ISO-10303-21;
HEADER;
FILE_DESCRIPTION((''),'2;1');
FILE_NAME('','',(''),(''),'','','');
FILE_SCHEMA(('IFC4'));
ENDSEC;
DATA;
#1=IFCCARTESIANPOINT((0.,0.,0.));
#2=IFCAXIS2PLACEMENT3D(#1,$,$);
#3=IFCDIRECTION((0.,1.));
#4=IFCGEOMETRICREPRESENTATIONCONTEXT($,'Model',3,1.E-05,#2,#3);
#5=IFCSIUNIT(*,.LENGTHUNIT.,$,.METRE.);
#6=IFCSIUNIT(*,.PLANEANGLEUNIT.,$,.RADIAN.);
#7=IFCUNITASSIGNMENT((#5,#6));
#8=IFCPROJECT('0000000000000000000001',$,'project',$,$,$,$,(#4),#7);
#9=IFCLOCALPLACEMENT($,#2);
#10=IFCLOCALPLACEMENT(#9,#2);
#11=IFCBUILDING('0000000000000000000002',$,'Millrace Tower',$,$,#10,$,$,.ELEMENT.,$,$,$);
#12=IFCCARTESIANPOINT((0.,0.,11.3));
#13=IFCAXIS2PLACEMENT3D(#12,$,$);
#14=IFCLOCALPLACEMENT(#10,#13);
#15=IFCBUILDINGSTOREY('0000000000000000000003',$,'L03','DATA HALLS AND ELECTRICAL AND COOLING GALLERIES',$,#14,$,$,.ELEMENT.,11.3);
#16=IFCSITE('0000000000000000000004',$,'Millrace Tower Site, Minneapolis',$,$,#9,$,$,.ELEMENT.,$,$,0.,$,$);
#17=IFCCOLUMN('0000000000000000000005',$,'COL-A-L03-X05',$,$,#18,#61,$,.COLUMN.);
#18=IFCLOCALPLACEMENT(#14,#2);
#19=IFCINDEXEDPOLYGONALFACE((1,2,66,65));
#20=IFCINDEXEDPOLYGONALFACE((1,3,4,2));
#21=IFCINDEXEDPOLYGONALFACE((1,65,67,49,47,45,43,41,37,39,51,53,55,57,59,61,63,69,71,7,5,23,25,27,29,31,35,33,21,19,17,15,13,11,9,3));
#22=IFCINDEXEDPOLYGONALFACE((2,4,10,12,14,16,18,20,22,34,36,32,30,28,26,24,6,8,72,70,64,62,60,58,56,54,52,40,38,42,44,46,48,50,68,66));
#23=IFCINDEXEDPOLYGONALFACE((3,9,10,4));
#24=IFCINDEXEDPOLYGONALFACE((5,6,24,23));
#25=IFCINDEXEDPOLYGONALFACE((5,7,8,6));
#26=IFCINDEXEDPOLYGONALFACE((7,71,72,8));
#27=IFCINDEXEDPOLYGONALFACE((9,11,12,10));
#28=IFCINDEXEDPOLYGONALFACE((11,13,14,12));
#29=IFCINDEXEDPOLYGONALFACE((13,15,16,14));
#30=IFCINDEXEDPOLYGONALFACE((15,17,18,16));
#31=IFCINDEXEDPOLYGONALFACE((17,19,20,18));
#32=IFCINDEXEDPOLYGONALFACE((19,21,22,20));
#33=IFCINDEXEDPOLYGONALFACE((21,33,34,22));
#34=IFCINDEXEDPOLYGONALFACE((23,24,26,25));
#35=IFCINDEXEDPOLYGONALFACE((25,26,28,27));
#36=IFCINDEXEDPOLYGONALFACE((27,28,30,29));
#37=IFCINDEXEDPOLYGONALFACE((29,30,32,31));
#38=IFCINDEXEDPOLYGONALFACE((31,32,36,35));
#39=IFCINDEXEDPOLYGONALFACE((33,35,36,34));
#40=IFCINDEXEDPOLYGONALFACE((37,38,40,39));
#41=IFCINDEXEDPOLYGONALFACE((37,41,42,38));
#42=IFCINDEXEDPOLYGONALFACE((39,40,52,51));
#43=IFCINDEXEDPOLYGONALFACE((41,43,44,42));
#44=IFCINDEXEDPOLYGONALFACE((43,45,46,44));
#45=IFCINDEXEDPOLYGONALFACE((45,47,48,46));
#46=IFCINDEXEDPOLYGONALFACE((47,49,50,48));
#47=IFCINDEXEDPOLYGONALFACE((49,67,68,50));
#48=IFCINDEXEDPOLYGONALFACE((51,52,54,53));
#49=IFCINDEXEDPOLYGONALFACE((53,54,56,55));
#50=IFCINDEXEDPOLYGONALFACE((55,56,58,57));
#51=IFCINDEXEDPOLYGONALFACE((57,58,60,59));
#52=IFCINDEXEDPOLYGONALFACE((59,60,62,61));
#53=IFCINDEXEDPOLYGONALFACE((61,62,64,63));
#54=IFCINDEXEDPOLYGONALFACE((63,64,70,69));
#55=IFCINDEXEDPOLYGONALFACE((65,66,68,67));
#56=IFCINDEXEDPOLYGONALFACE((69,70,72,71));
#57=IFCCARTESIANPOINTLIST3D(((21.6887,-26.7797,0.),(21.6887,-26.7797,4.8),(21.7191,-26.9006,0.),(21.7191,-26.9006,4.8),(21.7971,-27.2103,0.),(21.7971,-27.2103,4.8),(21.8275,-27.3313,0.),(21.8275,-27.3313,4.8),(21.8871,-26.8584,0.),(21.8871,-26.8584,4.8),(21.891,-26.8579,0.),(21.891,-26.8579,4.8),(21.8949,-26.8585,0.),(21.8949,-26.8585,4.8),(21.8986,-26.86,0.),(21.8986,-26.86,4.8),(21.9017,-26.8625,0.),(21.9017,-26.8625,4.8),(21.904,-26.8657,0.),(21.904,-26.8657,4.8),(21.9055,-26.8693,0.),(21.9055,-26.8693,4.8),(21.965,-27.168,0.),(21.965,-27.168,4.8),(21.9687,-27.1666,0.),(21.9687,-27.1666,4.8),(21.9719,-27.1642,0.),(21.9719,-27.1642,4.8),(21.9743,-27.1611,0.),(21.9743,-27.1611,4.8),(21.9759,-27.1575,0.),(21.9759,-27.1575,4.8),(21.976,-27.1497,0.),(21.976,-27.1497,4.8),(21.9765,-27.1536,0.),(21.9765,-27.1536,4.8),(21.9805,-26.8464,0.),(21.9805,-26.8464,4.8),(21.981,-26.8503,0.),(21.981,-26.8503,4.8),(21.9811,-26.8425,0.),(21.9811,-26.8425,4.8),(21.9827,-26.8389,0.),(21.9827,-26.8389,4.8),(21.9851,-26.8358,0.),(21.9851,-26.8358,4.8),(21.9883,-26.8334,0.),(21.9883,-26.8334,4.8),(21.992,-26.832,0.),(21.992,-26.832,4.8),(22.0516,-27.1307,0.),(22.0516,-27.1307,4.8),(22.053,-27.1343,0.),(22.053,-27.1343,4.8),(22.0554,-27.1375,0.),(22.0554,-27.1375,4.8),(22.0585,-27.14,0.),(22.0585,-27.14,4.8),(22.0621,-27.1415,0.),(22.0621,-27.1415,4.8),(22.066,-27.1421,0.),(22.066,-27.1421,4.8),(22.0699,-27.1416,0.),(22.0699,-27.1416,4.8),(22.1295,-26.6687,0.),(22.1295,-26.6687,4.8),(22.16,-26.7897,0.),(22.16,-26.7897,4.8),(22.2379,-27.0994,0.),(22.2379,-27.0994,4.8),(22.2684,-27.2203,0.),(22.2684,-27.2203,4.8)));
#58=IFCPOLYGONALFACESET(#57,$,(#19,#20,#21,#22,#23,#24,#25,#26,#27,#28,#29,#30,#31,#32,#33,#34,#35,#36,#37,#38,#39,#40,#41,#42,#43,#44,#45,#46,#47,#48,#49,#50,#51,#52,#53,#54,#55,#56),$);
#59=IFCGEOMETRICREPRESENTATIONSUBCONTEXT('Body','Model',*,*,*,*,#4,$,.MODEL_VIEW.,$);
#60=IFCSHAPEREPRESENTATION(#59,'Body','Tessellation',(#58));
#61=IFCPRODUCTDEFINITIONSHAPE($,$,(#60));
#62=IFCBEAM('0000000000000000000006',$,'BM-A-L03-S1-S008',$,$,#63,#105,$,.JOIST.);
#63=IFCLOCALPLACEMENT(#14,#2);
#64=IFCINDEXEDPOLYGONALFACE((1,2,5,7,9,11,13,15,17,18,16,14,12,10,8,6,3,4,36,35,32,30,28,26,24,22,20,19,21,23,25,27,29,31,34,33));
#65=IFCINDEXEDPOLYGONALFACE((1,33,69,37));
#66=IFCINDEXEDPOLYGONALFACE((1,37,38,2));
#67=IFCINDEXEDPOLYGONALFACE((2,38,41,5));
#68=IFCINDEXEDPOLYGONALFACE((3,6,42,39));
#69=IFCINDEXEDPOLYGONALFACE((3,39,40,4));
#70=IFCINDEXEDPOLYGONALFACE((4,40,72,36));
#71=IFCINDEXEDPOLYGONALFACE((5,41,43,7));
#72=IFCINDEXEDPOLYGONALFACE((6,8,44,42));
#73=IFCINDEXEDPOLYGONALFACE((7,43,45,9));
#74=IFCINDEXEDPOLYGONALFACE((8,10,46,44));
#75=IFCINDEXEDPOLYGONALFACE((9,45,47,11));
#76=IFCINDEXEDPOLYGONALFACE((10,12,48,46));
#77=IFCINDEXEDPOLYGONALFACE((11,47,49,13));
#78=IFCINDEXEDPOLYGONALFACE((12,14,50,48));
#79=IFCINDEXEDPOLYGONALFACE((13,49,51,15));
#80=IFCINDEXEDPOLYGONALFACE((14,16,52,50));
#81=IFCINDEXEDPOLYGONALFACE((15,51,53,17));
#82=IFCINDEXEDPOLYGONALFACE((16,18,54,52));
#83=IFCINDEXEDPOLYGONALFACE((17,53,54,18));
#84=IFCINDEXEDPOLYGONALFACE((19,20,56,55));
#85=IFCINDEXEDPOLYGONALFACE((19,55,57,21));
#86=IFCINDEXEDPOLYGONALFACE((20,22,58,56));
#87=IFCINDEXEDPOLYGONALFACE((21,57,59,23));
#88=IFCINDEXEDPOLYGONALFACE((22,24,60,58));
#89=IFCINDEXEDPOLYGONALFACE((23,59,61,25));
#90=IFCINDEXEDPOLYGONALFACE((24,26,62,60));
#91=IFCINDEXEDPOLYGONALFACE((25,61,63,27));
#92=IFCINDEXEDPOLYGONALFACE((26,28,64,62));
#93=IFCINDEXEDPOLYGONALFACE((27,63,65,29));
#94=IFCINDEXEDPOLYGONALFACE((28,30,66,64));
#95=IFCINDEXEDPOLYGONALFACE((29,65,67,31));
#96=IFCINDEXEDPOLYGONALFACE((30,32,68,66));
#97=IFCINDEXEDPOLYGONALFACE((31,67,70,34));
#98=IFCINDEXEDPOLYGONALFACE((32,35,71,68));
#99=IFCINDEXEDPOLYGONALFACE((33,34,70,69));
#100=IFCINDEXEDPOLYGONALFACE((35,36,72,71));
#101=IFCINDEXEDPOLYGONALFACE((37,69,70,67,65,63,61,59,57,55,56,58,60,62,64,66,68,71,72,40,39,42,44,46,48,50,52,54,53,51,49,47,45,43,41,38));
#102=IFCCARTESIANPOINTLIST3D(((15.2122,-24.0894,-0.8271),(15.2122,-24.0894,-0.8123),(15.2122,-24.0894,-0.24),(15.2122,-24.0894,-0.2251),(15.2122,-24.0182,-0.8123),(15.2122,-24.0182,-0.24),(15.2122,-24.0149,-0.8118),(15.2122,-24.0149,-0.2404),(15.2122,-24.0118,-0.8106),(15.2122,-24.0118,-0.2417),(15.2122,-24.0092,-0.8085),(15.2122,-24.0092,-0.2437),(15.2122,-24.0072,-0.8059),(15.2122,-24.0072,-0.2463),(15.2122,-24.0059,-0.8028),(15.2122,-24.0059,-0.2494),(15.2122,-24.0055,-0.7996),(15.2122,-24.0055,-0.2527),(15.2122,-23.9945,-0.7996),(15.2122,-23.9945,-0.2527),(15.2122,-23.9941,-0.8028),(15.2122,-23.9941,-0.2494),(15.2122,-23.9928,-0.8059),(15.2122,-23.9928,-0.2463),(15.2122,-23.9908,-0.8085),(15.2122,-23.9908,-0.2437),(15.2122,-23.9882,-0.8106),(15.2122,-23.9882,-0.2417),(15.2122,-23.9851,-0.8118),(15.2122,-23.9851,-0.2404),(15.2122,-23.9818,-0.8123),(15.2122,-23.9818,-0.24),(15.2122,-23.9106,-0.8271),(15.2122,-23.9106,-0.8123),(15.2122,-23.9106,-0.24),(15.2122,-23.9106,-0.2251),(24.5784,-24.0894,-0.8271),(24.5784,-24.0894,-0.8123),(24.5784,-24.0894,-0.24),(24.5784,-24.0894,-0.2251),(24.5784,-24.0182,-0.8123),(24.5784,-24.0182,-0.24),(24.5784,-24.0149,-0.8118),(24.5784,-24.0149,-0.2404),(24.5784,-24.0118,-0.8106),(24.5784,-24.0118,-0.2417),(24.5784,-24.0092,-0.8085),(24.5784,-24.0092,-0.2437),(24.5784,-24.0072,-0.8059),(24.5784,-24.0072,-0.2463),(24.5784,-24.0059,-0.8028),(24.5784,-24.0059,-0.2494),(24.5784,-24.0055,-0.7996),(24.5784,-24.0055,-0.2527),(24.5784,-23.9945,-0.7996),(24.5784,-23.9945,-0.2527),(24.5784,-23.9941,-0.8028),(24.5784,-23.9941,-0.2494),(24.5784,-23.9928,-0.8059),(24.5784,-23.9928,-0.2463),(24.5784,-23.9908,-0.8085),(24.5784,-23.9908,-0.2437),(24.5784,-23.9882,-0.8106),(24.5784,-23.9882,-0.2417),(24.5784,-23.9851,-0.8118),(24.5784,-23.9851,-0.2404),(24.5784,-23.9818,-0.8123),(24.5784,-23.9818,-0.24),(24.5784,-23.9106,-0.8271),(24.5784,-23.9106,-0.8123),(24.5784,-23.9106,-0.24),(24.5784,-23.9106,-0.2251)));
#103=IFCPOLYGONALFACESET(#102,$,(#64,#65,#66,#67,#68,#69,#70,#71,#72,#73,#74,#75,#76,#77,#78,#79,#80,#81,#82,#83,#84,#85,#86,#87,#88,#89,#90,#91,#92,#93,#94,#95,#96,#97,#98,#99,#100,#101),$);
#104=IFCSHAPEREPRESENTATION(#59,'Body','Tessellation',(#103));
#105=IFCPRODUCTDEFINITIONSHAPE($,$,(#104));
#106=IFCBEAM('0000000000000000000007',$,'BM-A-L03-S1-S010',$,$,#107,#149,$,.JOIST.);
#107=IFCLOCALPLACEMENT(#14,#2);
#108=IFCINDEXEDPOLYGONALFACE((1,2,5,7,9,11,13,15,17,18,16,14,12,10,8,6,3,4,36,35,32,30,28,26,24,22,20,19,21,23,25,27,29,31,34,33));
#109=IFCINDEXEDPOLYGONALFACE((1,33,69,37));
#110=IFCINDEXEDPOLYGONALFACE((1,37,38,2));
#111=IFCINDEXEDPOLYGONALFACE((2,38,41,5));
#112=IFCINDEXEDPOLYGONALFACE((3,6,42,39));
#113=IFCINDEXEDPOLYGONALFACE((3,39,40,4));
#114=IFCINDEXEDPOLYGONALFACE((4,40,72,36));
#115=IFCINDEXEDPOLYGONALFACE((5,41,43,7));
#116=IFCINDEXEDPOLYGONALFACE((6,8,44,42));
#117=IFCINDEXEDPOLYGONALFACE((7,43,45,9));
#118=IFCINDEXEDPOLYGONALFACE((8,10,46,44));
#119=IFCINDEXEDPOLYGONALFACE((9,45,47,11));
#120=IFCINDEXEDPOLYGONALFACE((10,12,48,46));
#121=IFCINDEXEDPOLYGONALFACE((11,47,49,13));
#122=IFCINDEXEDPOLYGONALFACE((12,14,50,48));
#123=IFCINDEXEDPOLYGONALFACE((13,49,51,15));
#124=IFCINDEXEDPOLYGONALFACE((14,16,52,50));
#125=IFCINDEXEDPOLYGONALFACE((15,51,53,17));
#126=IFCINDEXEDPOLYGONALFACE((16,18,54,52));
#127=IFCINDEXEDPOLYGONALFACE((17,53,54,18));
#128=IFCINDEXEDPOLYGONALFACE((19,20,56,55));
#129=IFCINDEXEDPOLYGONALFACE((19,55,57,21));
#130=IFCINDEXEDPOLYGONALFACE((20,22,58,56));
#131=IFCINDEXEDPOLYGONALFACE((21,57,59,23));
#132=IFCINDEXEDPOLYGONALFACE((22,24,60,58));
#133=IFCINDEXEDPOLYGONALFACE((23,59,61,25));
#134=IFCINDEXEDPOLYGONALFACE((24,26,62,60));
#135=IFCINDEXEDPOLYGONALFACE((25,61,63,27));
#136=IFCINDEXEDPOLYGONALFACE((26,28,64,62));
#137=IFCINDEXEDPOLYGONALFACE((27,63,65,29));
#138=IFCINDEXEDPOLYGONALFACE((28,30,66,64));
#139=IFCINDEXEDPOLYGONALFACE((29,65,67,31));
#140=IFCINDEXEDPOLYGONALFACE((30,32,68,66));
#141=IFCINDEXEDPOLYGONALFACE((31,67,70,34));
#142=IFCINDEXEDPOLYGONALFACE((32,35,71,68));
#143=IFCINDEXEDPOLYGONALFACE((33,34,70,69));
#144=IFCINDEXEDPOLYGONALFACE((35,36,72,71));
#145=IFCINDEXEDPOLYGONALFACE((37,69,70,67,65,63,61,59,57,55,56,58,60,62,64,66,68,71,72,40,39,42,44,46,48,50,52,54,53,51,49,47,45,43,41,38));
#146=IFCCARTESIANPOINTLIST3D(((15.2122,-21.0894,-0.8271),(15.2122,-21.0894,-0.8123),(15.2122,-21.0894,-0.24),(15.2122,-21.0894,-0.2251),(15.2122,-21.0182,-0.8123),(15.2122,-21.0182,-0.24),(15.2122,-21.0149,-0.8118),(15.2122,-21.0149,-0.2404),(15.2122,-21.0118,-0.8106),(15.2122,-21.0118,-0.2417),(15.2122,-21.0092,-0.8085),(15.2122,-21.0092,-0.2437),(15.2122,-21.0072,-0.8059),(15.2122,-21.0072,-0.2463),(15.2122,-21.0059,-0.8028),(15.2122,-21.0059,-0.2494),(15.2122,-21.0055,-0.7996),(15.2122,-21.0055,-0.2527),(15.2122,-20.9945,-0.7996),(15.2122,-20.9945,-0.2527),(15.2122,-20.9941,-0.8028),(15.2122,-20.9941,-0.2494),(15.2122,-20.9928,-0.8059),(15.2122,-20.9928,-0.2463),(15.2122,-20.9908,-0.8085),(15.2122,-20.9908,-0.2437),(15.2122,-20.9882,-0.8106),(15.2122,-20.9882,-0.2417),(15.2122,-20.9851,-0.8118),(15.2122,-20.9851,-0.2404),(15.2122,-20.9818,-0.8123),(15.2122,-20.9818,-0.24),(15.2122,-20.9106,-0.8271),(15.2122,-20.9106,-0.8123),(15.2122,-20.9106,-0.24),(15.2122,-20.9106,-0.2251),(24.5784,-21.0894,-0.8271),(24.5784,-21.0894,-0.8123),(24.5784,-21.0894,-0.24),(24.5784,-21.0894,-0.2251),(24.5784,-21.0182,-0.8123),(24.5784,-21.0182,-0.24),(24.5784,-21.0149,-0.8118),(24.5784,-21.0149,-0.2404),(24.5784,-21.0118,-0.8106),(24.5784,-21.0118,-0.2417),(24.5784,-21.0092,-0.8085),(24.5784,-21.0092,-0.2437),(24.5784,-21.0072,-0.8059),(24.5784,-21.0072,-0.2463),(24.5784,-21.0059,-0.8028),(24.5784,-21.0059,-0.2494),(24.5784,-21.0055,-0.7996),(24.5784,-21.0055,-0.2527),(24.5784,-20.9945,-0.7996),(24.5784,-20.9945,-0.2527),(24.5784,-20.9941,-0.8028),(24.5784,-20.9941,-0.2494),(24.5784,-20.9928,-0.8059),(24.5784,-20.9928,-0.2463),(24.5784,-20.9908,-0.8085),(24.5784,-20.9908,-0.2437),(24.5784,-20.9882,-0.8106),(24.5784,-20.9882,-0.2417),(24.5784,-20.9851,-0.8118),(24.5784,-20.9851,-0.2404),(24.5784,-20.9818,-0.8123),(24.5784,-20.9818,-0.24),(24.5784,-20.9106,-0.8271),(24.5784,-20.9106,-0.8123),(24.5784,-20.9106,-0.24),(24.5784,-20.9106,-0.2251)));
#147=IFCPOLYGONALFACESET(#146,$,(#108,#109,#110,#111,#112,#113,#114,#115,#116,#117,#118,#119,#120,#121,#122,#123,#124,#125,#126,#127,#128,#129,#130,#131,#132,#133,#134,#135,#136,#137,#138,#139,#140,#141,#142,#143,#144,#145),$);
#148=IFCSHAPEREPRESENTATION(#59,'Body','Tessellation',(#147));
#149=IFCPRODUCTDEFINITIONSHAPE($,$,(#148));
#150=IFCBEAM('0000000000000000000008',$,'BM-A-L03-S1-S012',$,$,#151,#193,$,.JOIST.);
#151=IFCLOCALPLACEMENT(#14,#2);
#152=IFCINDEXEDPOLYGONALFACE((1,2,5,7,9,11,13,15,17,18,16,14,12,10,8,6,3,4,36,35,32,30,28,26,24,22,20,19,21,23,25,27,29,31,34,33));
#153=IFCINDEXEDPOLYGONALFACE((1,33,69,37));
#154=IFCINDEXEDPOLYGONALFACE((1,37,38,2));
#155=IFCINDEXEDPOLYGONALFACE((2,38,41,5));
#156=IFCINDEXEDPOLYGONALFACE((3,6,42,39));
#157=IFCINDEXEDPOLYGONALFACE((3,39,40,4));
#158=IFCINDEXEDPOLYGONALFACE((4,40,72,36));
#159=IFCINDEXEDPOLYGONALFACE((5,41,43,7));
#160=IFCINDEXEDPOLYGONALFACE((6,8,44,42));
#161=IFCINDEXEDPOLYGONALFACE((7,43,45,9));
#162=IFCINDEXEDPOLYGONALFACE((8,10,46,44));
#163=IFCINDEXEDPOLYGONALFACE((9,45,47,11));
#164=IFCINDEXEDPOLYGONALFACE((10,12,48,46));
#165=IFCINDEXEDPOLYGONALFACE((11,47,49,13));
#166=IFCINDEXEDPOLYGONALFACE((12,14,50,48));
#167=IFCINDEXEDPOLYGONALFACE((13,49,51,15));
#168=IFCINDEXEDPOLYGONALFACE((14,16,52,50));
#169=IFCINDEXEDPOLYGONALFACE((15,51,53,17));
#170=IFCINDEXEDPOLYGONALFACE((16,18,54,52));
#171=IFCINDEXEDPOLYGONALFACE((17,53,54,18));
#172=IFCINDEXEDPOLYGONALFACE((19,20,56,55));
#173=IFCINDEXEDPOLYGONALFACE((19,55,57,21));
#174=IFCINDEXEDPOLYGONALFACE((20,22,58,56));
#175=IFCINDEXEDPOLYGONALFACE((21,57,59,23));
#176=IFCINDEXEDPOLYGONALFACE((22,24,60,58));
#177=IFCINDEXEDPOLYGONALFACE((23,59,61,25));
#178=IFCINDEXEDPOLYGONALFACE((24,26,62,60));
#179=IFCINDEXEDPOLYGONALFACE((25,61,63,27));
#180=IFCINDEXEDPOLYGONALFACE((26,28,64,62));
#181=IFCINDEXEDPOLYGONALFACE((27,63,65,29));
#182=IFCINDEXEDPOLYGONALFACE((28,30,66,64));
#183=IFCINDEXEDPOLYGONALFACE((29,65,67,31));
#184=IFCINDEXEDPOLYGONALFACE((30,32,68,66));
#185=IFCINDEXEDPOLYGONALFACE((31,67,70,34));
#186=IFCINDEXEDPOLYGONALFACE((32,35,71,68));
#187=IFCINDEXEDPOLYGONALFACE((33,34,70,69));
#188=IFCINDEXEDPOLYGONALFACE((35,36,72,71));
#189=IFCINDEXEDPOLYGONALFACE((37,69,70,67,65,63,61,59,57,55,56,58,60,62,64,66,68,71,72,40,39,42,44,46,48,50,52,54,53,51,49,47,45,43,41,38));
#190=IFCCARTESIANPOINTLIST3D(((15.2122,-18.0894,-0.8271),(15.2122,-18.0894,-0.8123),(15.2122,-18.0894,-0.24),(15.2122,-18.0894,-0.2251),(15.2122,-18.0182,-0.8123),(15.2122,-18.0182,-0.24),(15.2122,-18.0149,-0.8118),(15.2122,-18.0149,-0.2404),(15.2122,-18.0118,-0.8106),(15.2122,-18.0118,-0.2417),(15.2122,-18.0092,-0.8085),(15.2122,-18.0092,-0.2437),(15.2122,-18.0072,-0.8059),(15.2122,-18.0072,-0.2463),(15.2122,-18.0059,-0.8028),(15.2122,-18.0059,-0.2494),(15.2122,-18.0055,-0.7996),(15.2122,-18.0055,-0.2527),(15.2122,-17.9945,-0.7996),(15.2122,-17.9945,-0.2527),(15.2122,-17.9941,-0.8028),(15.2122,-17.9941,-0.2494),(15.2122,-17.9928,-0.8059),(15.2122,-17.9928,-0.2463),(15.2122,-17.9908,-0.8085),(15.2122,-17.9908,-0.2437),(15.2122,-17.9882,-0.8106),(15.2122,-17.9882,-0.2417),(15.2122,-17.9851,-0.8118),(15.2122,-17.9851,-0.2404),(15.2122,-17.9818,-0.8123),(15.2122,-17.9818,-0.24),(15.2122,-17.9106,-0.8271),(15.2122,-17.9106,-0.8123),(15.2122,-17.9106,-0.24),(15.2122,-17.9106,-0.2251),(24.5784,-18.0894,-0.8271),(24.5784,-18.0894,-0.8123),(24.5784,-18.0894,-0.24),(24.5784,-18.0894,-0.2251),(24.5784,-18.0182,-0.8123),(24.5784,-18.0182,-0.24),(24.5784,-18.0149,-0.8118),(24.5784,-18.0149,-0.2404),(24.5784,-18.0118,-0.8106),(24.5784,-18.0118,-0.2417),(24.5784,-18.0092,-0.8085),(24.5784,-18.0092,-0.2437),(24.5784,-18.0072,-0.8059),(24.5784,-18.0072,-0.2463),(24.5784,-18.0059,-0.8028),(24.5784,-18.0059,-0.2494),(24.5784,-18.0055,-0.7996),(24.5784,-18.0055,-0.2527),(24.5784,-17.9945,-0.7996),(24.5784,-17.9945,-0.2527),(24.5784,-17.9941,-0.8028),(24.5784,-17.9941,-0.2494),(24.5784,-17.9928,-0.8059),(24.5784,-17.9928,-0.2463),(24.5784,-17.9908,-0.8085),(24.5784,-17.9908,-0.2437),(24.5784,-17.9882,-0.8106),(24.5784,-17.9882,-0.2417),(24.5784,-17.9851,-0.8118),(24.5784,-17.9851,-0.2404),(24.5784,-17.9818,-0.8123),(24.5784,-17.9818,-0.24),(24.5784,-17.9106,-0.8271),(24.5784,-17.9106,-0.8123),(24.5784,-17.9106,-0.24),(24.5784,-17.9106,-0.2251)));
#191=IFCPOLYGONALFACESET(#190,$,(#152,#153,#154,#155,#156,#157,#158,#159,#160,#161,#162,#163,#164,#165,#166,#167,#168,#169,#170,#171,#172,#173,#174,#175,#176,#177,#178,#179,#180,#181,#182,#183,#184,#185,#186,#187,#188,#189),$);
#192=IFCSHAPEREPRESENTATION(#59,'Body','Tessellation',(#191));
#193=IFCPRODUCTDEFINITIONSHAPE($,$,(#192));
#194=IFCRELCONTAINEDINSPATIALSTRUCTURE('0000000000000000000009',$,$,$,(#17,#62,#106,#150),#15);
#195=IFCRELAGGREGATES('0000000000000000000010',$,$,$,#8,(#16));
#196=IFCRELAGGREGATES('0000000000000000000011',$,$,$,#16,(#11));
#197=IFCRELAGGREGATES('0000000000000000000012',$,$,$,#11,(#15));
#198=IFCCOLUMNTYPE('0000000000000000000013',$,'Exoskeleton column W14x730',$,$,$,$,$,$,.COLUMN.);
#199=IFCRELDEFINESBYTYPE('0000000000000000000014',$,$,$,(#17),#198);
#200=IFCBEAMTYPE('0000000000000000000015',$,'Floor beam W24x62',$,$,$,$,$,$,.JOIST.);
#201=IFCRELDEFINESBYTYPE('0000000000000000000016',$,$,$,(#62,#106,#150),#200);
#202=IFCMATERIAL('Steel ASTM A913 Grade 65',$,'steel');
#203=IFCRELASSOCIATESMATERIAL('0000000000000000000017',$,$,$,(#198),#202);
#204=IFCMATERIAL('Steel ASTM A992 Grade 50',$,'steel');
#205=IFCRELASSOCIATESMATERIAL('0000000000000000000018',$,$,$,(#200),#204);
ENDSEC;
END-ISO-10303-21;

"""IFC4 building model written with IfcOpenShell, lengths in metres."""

from ifc_helpers import new_model, si_unit, direction, frame, origin, origin_2d, place, context, subcontext, project, spatial, i_section, extrude, material, material_profile, profile_set, type_object, element, save


model = new_model("IFC4")

# Units and contexts
model_context = context("Model", 3, precision=1e-05, world=origin(), true_north=direction((0.0, 1.0)))
body_context = subcontext(model_context, "Body", "Model", "MODEL_VIEW")
ifc_project = project(units=[si_unit("LENGTHUNIT", "METRE"), si_unit("PLANEANGLEUNIT", "RADIAN")], contexts=[model_context])

# Site, building, storey
site_placement = place(None, origin())
site = spatial("IfcSite", under=ifc_project, at=site_placement, Name="Millrace Tower Site, Minneapolis", CompositionType="ELEMENT", RefElevation=0.0)
building_placement = place(site_placement, origin())
building = spatial("IfcBuilding", under=site, at=building_placement, Name="Millrace Tower", CompositionType="ELEMENT")
storey_placement = place(building_placement, frame((0.0, 0.0, 11.3)))
storey = spatial("IfcBuildingStorey", under=building, at=storey_placement, Name="L03", Description="DATA HALLS AND ELECTRICAL AND COOLING GALLERIES", CompositionType="ELEMENT", Elevation=11.3)

# Column
ifc_material_1 = material(Name="Steel ASTM A913 Grade 65", Category="steel")
ifc_material_profile_1 = material_profile(ifc_material_1, i_section(OverallWidth=0.4546, OverallDepth=0.5688, WebThickness=0.0779, FlangeThickness=0.1248, FilletRadius=0.0151, at=origin_2d()))
ifc_profile_set_1 = profile_set([ifc_material_profile_1], Name="Steel ASTM A913 Grade 65")
column_type = type_object("IfcColumnType", Name="Exoskeleton column W14x730", PredefinedType="COLUMN", material=ifc_profile_set_1)
column_placement = place(storey_placement, frame((21.9785, -27.0, 0.0), z_axis=(0.0, 0.0, 1.0), x_axis=(0.969752, 0.244094, 0.0)))
element("IfcColumn", 1, at=column_placement, inside=storey, type_object=column_type, Name="COL-A-L03-X05", PredefinedType="COLUMN", context=body_context, shape_type="SweptSolid", body=[
    extrude(i_section(OverallWidth=0.4546, OverallDepth=0.5688, WebThickness=0.0779, FlangeThickness=0.1248, FilletRadius=0.0151, at=origin_2d()), origin(), (0.0, 0.0, 1.0), 4.8),
])

# Beams
ifc_material_2 = material(Name="Steel ASTM A992 Grade 50", Category="steel")
ifc_material_profile_2 = material_profile(ifc_material_2, i_section(OverallWidth=0.1787, OverallDepth=0.6021, WebThickness=0.011, FlangeThickness=0.0149, FilletRadius=0.0127, at=origin_2d()))
ifc_profile_set_2 = profile_set([ifc_material_profile_2], Name="Steel ASTM A992 Grade 50")
beam_type = type_object("IfcBeamType", Name="Floor beam W24x62", PredefinedType="JOIST", material=ifc_profile_set_2)
for number, where, z_axis, x_axis, name in (
    (2, (15.2122, -24.0, -0.5261), (1.0, 0.0, 0.0), (0.0, 1.0, 0.0), "BM-A-L03-S1-S008"),
    (3, (15.2122, -21.0, -0.5261), (1.0, 0.0, 0.0), (0.0, 1.0, 0.0), "BM-A-L03-S1-S010"),
    (4, (15.2122, -18.0, -0.5261), (1.0, 0.0, 0.0), (0.0, 1.0, 0.0), "BM-A-L03-S1-S012"),
):
    element("IfcBeam", number, at=place(storey_placement, frame(where, z_axis=z_axis, x_axis=x_axis)), inside=storey, type_object=beam_type, Name=name, PredefinedType="JOIST", context=body_context, shape_type="SweptSolid", body=[
        extrude(i_section(OverallWidth=0.1787, OverallDepth=0.6021, WebThickness=0.011, FlangeThickness=0.0149, FilletRadius=0.0127, at=origin_2d()), origin(), (0.0, 0.0, 1.0), 9.3662),
    ])

save(model, "model.ifc")
